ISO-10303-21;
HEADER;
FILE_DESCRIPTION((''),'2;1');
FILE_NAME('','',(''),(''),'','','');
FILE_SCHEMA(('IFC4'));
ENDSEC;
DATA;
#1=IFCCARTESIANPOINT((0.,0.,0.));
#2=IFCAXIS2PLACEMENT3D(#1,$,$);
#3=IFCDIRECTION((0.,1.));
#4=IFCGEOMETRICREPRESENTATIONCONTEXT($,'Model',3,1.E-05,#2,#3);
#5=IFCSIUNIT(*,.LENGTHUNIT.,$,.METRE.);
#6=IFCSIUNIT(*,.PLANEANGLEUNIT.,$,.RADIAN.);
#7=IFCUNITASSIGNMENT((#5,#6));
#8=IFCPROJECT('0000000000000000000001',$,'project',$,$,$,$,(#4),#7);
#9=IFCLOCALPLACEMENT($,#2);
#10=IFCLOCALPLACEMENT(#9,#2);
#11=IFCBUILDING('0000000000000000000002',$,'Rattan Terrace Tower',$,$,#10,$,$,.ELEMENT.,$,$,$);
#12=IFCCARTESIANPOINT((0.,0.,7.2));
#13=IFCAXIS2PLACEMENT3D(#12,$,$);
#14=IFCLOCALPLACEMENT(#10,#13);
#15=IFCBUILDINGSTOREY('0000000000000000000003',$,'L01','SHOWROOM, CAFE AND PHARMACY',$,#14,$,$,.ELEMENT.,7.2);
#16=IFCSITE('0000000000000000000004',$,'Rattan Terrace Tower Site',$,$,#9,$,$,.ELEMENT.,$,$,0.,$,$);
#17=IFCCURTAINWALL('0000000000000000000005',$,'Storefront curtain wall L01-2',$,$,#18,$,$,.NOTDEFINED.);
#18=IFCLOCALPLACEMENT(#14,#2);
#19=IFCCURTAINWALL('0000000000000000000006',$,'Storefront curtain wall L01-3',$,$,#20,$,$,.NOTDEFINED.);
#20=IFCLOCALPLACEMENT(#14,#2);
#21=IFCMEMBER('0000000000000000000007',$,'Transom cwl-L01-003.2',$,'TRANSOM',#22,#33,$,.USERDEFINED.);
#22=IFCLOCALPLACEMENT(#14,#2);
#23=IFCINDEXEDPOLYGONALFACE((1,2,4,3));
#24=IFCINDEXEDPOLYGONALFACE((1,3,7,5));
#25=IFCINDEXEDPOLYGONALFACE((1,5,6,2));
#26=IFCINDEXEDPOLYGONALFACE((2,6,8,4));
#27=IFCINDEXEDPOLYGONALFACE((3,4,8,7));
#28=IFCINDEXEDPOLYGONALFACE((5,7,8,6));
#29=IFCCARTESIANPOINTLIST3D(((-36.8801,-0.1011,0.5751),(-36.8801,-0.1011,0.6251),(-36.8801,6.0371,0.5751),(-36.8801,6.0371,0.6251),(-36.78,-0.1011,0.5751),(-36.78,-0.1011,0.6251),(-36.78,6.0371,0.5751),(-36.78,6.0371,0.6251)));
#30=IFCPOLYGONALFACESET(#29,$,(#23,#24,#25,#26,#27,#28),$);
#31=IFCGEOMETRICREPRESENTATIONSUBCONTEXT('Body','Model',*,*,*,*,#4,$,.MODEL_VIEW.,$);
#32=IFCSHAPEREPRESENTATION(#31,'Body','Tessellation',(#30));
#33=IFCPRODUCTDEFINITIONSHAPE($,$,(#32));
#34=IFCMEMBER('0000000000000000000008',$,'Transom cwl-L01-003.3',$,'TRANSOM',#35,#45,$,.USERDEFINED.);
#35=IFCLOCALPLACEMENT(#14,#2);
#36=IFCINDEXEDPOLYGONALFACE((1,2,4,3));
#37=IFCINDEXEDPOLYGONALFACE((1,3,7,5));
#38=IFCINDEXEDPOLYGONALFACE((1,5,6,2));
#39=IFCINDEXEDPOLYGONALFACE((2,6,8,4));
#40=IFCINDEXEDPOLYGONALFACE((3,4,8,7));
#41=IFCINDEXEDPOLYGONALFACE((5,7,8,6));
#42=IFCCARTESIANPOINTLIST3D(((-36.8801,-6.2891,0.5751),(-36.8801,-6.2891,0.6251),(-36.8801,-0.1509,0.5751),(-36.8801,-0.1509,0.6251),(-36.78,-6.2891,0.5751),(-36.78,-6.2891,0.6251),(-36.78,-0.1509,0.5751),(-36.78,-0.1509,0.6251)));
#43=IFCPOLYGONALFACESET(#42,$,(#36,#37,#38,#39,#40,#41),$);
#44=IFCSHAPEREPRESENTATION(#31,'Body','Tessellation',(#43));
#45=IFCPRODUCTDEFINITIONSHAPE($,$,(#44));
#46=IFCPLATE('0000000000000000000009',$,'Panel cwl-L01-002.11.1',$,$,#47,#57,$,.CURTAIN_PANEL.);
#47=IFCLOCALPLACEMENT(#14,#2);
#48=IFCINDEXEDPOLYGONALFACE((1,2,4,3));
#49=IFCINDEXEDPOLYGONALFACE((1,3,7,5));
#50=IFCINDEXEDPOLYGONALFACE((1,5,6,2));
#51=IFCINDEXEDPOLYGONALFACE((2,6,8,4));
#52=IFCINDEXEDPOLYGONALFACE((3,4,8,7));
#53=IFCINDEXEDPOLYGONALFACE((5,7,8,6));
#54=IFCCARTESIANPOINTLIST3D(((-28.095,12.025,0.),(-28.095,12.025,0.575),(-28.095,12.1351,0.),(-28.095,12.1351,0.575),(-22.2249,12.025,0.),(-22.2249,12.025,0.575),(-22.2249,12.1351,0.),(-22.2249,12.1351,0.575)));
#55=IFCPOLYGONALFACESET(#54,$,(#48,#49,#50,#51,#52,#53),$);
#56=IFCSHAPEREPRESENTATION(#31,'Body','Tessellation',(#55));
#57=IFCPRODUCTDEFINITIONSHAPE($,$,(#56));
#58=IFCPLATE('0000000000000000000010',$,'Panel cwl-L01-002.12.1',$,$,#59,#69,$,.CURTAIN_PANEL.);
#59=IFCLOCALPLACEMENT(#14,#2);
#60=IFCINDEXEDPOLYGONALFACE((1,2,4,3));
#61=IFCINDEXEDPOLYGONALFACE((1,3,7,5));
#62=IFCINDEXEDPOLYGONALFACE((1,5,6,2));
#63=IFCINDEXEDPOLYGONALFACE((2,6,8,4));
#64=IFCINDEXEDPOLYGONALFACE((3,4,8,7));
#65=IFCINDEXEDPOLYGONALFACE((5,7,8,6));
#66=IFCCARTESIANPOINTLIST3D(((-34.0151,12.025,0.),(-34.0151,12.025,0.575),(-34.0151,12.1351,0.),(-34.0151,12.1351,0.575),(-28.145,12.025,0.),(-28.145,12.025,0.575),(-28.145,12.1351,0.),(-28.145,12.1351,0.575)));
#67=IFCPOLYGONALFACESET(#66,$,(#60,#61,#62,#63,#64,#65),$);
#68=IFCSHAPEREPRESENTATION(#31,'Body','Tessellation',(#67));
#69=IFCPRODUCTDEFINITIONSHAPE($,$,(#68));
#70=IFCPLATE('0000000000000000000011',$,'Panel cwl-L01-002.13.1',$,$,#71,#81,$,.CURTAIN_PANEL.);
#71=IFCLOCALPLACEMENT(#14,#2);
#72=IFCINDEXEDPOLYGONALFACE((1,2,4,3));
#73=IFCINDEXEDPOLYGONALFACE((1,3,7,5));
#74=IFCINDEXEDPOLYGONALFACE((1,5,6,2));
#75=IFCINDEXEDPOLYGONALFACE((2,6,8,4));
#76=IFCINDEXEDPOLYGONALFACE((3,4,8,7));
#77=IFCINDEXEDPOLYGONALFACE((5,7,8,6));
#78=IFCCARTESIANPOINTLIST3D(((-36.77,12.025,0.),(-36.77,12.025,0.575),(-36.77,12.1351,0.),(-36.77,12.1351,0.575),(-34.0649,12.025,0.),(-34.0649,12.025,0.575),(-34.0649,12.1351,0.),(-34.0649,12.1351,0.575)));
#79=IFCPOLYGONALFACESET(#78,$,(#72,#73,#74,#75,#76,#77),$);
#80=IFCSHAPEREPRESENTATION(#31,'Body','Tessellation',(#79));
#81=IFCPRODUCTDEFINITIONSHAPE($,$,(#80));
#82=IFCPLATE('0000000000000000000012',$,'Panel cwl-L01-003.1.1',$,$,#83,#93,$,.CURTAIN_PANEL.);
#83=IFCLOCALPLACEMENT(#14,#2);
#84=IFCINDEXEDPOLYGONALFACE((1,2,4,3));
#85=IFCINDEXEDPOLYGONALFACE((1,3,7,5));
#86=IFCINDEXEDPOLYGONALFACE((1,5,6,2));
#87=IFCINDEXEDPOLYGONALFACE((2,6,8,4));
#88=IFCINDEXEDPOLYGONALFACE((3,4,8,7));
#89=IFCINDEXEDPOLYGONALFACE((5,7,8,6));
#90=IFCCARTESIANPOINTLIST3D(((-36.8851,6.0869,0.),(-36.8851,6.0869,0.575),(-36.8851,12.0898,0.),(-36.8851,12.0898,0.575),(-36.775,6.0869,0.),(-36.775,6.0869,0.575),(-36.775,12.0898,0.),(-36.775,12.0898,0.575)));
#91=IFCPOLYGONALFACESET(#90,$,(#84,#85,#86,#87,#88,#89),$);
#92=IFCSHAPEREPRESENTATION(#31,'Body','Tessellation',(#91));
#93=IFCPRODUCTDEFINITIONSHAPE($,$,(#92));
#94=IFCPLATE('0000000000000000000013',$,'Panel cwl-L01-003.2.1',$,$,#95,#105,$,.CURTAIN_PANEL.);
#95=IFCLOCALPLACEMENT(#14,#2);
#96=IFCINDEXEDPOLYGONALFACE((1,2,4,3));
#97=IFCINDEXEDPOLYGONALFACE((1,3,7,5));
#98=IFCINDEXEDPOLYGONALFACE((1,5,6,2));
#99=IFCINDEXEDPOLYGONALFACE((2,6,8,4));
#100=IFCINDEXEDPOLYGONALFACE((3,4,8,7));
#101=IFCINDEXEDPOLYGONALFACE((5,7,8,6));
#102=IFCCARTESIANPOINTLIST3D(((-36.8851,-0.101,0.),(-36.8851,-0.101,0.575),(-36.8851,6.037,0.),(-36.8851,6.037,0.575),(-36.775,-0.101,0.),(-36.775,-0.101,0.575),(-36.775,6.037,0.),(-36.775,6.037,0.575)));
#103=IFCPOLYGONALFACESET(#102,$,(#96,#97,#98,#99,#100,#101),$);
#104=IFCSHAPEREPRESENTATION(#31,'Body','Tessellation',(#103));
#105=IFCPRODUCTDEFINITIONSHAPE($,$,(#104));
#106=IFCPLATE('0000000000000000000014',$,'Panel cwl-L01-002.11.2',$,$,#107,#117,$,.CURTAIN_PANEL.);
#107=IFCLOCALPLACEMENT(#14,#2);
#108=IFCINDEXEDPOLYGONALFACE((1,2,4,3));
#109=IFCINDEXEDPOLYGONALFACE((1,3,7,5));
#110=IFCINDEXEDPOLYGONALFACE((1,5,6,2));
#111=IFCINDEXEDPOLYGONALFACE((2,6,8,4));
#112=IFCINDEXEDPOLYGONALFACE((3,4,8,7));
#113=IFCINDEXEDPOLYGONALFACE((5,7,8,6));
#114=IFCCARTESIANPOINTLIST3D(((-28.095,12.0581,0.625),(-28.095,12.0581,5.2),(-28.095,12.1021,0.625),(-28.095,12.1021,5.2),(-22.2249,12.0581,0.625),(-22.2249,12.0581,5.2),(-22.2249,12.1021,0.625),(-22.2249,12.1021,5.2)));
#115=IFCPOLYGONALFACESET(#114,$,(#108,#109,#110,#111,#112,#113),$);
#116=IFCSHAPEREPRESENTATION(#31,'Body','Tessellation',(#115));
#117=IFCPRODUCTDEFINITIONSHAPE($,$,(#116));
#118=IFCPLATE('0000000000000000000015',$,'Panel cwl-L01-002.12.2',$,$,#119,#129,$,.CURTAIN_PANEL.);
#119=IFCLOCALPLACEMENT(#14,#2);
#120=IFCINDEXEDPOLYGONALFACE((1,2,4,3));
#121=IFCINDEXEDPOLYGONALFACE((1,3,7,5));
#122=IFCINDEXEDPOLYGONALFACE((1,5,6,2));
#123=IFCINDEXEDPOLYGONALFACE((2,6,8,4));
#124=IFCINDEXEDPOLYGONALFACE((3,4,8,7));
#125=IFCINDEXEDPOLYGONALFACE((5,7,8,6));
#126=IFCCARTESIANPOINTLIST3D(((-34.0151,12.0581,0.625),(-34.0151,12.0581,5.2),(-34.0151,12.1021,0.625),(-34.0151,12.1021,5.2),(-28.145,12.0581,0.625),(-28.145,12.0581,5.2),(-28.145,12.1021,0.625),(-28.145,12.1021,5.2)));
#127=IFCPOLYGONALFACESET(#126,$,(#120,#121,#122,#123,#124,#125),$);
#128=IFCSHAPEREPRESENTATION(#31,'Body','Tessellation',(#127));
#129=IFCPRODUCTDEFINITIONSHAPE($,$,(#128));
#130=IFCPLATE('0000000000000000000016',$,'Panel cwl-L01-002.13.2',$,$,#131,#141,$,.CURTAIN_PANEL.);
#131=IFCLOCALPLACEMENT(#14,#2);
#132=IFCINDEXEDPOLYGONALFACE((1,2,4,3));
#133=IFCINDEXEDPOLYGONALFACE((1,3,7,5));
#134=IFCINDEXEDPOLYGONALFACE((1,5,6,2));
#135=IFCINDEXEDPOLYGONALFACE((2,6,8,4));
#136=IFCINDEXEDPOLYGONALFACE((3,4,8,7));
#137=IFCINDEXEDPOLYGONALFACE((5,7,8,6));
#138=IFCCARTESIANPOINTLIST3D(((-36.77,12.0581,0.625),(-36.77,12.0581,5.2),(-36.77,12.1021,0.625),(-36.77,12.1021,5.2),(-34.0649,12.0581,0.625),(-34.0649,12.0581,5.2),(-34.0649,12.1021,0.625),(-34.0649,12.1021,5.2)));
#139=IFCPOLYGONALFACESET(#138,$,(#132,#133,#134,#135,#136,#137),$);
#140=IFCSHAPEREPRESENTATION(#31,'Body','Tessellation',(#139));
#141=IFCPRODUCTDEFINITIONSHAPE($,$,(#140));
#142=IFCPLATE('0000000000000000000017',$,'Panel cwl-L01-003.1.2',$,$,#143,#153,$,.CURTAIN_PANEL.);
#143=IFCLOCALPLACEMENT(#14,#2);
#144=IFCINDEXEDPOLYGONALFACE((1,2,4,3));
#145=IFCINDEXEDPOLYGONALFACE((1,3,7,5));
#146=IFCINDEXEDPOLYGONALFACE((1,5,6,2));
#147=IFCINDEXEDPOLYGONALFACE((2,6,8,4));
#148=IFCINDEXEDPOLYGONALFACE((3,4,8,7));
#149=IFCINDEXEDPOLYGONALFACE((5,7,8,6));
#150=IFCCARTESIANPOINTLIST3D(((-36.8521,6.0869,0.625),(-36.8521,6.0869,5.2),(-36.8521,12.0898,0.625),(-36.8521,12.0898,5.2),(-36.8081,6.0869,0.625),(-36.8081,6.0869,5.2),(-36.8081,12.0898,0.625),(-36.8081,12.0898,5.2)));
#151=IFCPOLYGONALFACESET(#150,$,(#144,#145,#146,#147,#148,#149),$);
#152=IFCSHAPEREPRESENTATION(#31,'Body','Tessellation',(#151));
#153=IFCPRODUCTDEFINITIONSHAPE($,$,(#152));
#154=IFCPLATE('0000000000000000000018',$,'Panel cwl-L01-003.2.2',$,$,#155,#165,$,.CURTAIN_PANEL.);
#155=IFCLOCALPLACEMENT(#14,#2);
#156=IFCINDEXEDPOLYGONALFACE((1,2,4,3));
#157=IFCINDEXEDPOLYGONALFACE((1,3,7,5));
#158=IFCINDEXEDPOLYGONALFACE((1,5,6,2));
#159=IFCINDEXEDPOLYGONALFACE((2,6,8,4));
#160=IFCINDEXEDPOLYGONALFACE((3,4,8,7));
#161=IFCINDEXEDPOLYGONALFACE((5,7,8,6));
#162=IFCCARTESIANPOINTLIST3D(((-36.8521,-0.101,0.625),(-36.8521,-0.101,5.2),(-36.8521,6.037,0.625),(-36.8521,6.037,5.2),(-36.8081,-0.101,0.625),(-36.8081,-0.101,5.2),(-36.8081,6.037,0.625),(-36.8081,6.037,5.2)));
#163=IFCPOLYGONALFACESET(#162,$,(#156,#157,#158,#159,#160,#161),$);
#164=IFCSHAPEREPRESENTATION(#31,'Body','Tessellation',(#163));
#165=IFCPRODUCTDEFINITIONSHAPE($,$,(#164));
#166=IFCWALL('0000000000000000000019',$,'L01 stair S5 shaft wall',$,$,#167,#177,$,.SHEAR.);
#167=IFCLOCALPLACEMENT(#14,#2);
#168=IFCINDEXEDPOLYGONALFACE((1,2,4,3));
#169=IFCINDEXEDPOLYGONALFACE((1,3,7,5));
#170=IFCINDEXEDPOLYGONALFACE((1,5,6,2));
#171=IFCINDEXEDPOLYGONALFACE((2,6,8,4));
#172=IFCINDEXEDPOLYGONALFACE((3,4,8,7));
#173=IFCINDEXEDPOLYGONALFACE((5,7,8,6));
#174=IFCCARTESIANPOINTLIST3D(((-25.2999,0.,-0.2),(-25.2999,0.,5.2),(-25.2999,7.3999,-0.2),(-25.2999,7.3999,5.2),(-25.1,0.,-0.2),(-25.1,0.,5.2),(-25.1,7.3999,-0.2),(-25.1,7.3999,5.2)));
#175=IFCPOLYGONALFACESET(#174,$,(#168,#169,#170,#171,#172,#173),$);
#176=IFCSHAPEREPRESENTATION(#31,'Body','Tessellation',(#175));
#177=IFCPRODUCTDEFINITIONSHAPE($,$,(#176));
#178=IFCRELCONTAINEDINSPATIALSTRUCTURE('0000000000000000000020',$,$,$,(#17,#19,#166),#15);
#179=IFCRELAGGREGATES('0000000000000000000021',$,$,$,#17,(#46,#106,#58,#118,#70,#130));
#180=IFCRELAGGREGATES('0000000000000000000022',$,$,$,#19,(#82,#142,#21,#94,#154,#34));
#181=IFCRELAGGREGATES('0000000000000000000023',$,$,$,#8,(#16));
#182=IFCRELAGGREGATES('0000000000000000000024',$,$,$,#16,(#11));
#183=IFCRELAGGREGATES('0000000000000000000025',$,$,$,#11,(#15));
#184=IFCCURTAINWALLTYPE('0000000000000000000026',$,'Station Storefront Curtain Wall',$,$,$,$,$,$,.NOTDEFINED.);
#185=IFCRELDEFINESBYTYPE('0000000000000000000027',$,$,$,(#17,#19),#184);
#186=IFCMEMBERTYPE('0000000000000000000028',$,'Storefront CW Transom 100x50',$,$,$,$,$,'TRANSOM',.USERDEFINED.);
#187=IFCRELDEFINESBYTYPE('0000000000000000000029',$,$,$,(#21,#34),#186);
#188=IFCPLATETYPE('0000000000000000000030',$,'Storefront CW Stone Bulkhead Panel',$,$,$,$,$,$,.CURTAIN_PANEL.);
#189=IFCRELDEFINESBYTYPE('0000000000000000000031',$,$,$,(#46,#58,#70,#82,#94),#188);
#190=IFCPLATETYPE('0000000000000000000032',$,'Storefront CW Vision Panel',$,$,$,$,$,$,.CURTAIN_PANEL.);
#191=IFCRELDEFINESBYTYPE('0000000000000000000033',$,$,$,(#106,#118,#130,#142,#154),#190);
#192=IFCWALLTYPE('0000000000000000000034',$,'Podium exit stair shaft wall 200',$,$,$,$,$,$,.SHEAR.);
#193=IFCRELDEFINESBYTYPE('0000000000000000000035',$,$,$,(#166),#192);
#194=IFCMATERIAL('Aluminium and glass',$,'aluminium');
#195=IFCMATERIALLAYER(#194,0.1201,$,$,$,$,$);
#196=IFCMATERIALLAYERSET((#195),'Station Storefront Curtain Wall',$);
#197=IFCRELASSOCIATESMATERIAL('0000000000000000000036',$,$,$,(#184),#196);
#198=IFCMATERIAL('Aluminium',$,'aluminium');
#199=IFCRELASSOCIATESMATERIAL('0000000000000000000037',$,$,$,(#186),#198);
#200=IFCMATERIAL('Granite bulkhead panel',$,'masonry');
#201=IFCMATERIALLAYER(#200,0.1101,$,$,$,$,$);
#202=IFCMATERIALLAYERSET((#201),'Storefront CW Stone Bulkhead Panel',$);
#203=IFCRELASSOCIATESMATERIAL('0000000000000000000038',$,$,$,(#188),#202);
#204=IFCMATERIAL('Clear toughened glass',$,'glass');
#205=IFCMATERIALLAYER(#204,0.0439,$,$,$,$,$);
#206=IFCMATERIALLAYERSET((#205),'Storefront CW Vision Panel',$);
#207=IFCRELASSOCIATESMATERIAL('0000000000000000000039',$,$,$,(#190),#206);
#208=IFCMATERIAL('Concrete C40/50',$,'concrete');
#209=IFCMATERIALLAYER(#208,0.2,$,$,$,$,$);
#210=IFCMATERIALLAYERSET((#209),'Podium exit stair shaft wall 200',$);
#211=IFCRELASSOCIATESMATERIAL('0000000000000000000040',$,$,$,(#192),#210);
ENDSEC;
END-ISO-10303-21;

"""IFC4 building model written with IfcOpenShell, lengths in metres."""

from ifc_helpers import new_model, si_unit, direction, frame, frame_2d, origin, origin_2d, place, context, subcontext, project, spatial, rectangle, extrude, material, layer, layer_set, material_profile, profile_set, type_object, element, aggregate, save


model = new_model("IFC4")

# Units and contexts
model_context = context("Model", 3, precision=1e-05, world=origin(), true_north=direction((0.0, 1.0)))
body_context = subcontext(model_context, "Body", "Model", "MODEL_VIEW")
ifc_project = project(units=[si_unit("LENGTHUNIT", "METRE"), si_unit("PLANEANGLEUNIT", "RADIAN")], contexts=[model_context])

# Site, building, storey
site_placement = place(None, origin())
site = spatial("IfcSite", under=ifc_project, at=site_placement, Name="Rattan Terrace Tower Site", CompositionType="ELEMENT", RefElevation=0.0)
building_placement = place(site_placement, origin())
building = spatial("IfcBuilding", under=site, at=building_placement, Name="Rattan Terrace Tower", CompositionType="ELEMENT")
storey_placement = place(building_placement, frame((0.0, 0.0, 7.2)))
storey = spatial("IfcBuildingStorey", under=building, at=storey_placement, Name="L01", Description="SHOWROOM, CAFE AND PHARMACY", CompositionType="ELEMENT", Elevation=7.2)

# Curtain walls
ifc_material_1 = material(Name="Aluminium and glass", Category="aluminium")
ifc_layer_1 = layer(ifc_material_1, 0.1201)
ifc_layer_set_1 = layer_set([ifc_layer_1], Name="Station Storefront Curtain Wall")
curtain_wall_type = type_object("IfcCurtainWallType", Name="Station Storefront Curtain Wall", PredefinedType="NOTDEFINED", material=ifc_layer_set_1)
curtain_wall_1_placement = place(storey_placement, origin())
curtain_wall_1 = element("IfcCurtainWall", 1, at=curtain_wall_1_placement, inside=storey, type_object=curtain_wall_type, Name="Storefront curtain wall L01-2", PredefinedType="NOTDEFINED")
curtain_wall_2_placement = place(storey_placement, origin())
curtain_wall_2 = element("IfcCurtainWall", 2, at=curtain_wall_2_placement, inside=storey, type_object=curtain_wall_type, Name="Storefront curtain wall L01-3", PredefinedType="NOTDEFINED")

# Members
ifc_material_2 = material(Name="Aluminium", Category="aluminium")
ifc_material_profile_1 = material_profile(ifc_material_2, rectangle(XDim=0.1001, YDim=0.05, at=origin_2d()), Name="Aluminium 100x50")
ifc_profile_set_1 = profile_set([ifc_material_profile_1], Name="Aluminium")
member_type_1 = type_object("IfcMemberType", Name="Storefront CW Transom 100x50", ElementType="TRANSOM", PredefinedType="USERDEFINED", material=ifc_profile_set_1)
member_1_placement = place(storey_placement, frame((-36.8301, 6.0371, 0.6001), z_axis=(0.0, -1.0, 0.0), x_axis=(1.0, 0.0, 0.0)))
member_1 = element("IfcMember", 3, at=member_1_placement, type_object=member_type_1, Name="Transom cwl-L01-003.2", ObjectType="TRANSOM", PredefinedType="USERDEFINED", context=body_context, shape_type="SweptSolid", body=[
    extrude(rectangle(XDim=0.1001, YDim=0.05, at=origin_2d()), origin(), (0.0, 0.0, 1.0), 6.1382),
])
member_2_placement = place(storey_placement, frame((-36.8301, -0.1509, 0.6001), z_axis=(0.0, -1.0, 0.0), x_axis=(1.0, 0.0, 0.0)))
member_2 = element("IfcMember", 4, at=member_2_placement, type_object=member_type_1, Name="Transom cwl-L01-003.3", ObjectType="TRANSOM", PredefinedType="USERDEFINED", context=body_context, shape_type="SweptSolid", body=[
    extrude(rectangle(XDim=0.1001, YDim=0.05, at=origin_2d()), origin(), (0.0, 0.0, 1.0), 6.1382),
])

# Plates
ifc_material_3 = material(Name="Granite bulkhead panel", Category="masonry")
ifc_layer_2 = layer(ifc_material_3, 0.1101)
ifc_layer_set_2 = layer_set([ifc_layer_2], Name="Storefront CW Stone Bulkhead Panel")
plate_type_1 = type_object("IfcPlateType", Name="Storefront CW Stone Bulkhead Panel", PredefinedType="CURTAIN_PANEL", material=ifc_layer_set_2)
plate_1_placement = place(storey_placement, frame((-25.1599, 12.0801, 0.0), z_axis=(0.0, 0.0, 1.0), x_axis=(-1.0, 0.0, 0.0)))
plate_1 = element("IfcPlate", 5, at=plate_1_placement, type_object=plate_type_1, Name="Panel cwl-L01-002.11.1", PredefinedType="CURTAIN_PANEL", context=body_context, shape_type="SweptSolid", body=[
    extrude(rectangle(XDim=5.8701, YDim=0.1101, at=origin_2d()), origin(), (0.0, 0.0, 1.0), 0.575),
])
plate_2_placement = place(storey_placement, frame((-31.0801, 12.0801, 0.0), z_axis=(0.0, 0.0, 1.0), x_axis=(-1.0, 0.0, 0.0)))
plate_2 = element("IfcPlate", 6, at=plate_2_placement, type_object=plate_type_1, Name="Panel cwl-L01-002.12.1", PredefinedType="CURTAIN_PANEL", context=body_context, shape_type="SweptSolid", body=[
    extrude(rectangle(XDim=5.8701, YDim=0.1101, at=origin_2d()), origin(), (0.0, 0.0, 1.0), 0.575),
])
plate_3_placement = place(storey_placement, frame((-35.4175, 12.0801, 0.0), z_axis=(0.0, 0.0, 1.0), x_axis=(-1.0, 0.0, 0.0)))
plate_3 = element("IfcPlate", 7, at=plate_3_placement, type_object=plate_type_1, Name="Panel cwl-L01-002.13.1", PredefinedType="CURTAIN_PANEL", context=body_context, shape_type="SweptSolid", body=[
    extrude(rectangle(XDim=2.7051, YDim=0.1101, at=origin_2d()), origin(), (0.0, 0.0, 1.0), 0.575),
])
plate_4_placement = place(storey_placement, frame((-36.8301, 9.0884, 0.0), z_axis=(0.0, 0.0, 1.0), x_axis=(0.0, -1.0, 0.0)))
plate_4 = element("IfcPlate", 8, at=plate_4_placement, type_object=plate_type_1, Name="Panel cwl-L01-003.1.1", PredefinedType="CURTAIN_PANEL", context=body_context, shape_type="SweptSolid", body=[
    extrude(rectangle(XDim=6.0029, YDim=0.1101, at=origin_2d()), origin(), (0.0, 0.0, 1.0), 0.575),
])
plate_5_placement = place(storey_placement, frame((-36.8301, 2.968, 0.0), z_axis=(0.0, 0.0, 1.0), x_axis=(0.0, -1.0, 0.0)))
plate_5 = element("IfcPlate", 9, at=plate_5_placement, type_object=plate_type_1, Name="Panel cwl-L01-003.2.1", PredefinedType="CURTAIN_PANEL", context=body_context, shape_type="SweptSolid", body=[
    extrude(rectangle(XDim=6.1379, YDim=0.1101, at=origin_2d()), origin(), (0.0, 0.0, 1.0), 0.575),
])
ifc_material_4 = material(Name="Clear toughened glass", Category="glass")
ifc_layer_3 = layer(ifc_material_4, 0.0439)
ifc_layer_set_3 = layer_set([ifc_layer_3], Name="Storefront CW Vision Panel")
plate_type_2 = type_object("IfcPlateType", Name="Storefront CW Vision Panel", PredefinedType="CURTAIN_PANEL", material=ifc_layer_set_3)
plate_6_placement = place(storey_placement, frame((-25.1599, 12.0801, 0.625), z_axis=(0.0, 0.0, 1.0), x_axis=(-1.0, 0.0, 0.0)))
plate_6 = element("IfcPlate", 10, at=plate_6_placement, type_object=plate_type_2, Name="Panel cwl-L01-002.11.2", PredefinedType="CURTAIN_PANEL", context=body_context, shape_type="SweptSolid", body=[
    extrude(rectangle(XDim=5.8701, YDim=0.0439, at=origin_2d()), origin(), (0.0, 0.0, 1.0), 4.575),
])
plate_7_placement = place(storey_placement, frame((-31.0801, 12.0801, 0.625), z_axis=(0.0, 0.0, 1.0), x_axis=(-1.0, 0.0, 0.0)))
plate_7 = element("IfcPlate", 11, at=plate_7_placement, type_object=plate_type_2, Name="Panel cwl-L01-002.12.2", PredefinedType="CURTAIN_PANEL", context=body_context, shape_type="SweptSolid", body=[
    extrude(rectangle(XDim=5.8701, YDim=0.0439, at=origin_2d()), origin(), (0.0, 0.0, 1.0), 4.575),
])
plate_8_placement = place(storey_placement, frame((-35.4175, 12.0801, 0.625), z_axis=(0.0, 0.0, 1.0), x_axis=(-1.0, 0.0, 0.0)))
plate_8 = element("IfcPlate", 12, at=plate_8_placement, type_object=plate_type_2, Name="Panel cwl-L01-002.13.2", PredefinedType="CURTAIN_PANEL", context=body_context, shape_type="SweptSolid", body=[
    extrude(rectangle(XDim=2.7051, YDim=0.0439, at=origin_2d()), origin(), (0.0, 0.0, 1.0), 4.575),
])
aggregate(curtain_wall_1, [plate_1, plate_6, plate_2, plate_7, plate_3, plate_8])
plate_9_placement = place(storey_placement, frame((-36.8301, 9.0884, 0.625), z_axis=(0.0, 0.0, 1.0), x_axis=(0.0, -1.0, 0.0)))
plate_9 = element("IfcPlate", 13, at=plate_9_placement, type_object=plate_type_2, Name="Panel cwl-L01-003.1.2", PredefinedType="CURTAIN_PANEL", context=body_context, shape_type="SweptSolid", body=[
    extrude(rectangle(XDim=6.0029, YDim=0.0439, at=origin_2d()), origin(), (0.0, 0.0, 1.0), 4.575),
])
plate_10_placement = place(storey_placement, frame((-36.8301, 2.968, 0.625), z_axis=(0.0, 0.0, 1.0), x_axis=(0.0, -1.0, 0.0)))
plate_10 = element("IfcPlate", 14, at=plate_10_placement, type_object=plate_type_2, Name="Panel cwl-L01-003.2.2", PredefinedType="CURTAIN_PANEL", context=body_context, shape_type="SweptSolid", body=[
    extrude(rectangle(XDim=6.1379, YDim=0.0439, at=origin_2d()), origin(), (0.0, 0.0, 1.0), 4.575),
])
aggregate(curtain_wall_2, [plate_4, plate_9, member_1, plate_5, plate_10, member_2])

# Wall
ifc_material_5 = material(Name="Concrete C40/50", Category="concrete")
ifc_layer_4 = layer(ifc_material_5, 0.2)
ifc_layer_set_4 = layer_set([ifc_layer_4], Name="Podium exit stair shaft wall 200")
wall_type = type_object("IfcWallType", Name="Podium exit stair shaft wall 200", PredefinedType="SHEAR", material=ifc_layer_set_4)
wall_placement = place(storey_placement, frame((-25.2, 0.0, -0.2), z_axis=(0.0, 0.0, 1.0), x_axis=(0.0, 1.0, 0.0)))
element("IfcWall", 15, at=wall_placement, inside=storey, type_object=wall_type, Name="L01 stair S5 shaft wall", PredefinedType="SHEAR", context=body_context, shape_type="SweptSolid", body=[
    extrude(rectangle(XDim=7.3999, YDim=0.2, at=frame_2d((3.7, 0.0))), origin(), (0.0, 0.0, 1.0), 5.3999),
])

save(model, "model.ifc")
